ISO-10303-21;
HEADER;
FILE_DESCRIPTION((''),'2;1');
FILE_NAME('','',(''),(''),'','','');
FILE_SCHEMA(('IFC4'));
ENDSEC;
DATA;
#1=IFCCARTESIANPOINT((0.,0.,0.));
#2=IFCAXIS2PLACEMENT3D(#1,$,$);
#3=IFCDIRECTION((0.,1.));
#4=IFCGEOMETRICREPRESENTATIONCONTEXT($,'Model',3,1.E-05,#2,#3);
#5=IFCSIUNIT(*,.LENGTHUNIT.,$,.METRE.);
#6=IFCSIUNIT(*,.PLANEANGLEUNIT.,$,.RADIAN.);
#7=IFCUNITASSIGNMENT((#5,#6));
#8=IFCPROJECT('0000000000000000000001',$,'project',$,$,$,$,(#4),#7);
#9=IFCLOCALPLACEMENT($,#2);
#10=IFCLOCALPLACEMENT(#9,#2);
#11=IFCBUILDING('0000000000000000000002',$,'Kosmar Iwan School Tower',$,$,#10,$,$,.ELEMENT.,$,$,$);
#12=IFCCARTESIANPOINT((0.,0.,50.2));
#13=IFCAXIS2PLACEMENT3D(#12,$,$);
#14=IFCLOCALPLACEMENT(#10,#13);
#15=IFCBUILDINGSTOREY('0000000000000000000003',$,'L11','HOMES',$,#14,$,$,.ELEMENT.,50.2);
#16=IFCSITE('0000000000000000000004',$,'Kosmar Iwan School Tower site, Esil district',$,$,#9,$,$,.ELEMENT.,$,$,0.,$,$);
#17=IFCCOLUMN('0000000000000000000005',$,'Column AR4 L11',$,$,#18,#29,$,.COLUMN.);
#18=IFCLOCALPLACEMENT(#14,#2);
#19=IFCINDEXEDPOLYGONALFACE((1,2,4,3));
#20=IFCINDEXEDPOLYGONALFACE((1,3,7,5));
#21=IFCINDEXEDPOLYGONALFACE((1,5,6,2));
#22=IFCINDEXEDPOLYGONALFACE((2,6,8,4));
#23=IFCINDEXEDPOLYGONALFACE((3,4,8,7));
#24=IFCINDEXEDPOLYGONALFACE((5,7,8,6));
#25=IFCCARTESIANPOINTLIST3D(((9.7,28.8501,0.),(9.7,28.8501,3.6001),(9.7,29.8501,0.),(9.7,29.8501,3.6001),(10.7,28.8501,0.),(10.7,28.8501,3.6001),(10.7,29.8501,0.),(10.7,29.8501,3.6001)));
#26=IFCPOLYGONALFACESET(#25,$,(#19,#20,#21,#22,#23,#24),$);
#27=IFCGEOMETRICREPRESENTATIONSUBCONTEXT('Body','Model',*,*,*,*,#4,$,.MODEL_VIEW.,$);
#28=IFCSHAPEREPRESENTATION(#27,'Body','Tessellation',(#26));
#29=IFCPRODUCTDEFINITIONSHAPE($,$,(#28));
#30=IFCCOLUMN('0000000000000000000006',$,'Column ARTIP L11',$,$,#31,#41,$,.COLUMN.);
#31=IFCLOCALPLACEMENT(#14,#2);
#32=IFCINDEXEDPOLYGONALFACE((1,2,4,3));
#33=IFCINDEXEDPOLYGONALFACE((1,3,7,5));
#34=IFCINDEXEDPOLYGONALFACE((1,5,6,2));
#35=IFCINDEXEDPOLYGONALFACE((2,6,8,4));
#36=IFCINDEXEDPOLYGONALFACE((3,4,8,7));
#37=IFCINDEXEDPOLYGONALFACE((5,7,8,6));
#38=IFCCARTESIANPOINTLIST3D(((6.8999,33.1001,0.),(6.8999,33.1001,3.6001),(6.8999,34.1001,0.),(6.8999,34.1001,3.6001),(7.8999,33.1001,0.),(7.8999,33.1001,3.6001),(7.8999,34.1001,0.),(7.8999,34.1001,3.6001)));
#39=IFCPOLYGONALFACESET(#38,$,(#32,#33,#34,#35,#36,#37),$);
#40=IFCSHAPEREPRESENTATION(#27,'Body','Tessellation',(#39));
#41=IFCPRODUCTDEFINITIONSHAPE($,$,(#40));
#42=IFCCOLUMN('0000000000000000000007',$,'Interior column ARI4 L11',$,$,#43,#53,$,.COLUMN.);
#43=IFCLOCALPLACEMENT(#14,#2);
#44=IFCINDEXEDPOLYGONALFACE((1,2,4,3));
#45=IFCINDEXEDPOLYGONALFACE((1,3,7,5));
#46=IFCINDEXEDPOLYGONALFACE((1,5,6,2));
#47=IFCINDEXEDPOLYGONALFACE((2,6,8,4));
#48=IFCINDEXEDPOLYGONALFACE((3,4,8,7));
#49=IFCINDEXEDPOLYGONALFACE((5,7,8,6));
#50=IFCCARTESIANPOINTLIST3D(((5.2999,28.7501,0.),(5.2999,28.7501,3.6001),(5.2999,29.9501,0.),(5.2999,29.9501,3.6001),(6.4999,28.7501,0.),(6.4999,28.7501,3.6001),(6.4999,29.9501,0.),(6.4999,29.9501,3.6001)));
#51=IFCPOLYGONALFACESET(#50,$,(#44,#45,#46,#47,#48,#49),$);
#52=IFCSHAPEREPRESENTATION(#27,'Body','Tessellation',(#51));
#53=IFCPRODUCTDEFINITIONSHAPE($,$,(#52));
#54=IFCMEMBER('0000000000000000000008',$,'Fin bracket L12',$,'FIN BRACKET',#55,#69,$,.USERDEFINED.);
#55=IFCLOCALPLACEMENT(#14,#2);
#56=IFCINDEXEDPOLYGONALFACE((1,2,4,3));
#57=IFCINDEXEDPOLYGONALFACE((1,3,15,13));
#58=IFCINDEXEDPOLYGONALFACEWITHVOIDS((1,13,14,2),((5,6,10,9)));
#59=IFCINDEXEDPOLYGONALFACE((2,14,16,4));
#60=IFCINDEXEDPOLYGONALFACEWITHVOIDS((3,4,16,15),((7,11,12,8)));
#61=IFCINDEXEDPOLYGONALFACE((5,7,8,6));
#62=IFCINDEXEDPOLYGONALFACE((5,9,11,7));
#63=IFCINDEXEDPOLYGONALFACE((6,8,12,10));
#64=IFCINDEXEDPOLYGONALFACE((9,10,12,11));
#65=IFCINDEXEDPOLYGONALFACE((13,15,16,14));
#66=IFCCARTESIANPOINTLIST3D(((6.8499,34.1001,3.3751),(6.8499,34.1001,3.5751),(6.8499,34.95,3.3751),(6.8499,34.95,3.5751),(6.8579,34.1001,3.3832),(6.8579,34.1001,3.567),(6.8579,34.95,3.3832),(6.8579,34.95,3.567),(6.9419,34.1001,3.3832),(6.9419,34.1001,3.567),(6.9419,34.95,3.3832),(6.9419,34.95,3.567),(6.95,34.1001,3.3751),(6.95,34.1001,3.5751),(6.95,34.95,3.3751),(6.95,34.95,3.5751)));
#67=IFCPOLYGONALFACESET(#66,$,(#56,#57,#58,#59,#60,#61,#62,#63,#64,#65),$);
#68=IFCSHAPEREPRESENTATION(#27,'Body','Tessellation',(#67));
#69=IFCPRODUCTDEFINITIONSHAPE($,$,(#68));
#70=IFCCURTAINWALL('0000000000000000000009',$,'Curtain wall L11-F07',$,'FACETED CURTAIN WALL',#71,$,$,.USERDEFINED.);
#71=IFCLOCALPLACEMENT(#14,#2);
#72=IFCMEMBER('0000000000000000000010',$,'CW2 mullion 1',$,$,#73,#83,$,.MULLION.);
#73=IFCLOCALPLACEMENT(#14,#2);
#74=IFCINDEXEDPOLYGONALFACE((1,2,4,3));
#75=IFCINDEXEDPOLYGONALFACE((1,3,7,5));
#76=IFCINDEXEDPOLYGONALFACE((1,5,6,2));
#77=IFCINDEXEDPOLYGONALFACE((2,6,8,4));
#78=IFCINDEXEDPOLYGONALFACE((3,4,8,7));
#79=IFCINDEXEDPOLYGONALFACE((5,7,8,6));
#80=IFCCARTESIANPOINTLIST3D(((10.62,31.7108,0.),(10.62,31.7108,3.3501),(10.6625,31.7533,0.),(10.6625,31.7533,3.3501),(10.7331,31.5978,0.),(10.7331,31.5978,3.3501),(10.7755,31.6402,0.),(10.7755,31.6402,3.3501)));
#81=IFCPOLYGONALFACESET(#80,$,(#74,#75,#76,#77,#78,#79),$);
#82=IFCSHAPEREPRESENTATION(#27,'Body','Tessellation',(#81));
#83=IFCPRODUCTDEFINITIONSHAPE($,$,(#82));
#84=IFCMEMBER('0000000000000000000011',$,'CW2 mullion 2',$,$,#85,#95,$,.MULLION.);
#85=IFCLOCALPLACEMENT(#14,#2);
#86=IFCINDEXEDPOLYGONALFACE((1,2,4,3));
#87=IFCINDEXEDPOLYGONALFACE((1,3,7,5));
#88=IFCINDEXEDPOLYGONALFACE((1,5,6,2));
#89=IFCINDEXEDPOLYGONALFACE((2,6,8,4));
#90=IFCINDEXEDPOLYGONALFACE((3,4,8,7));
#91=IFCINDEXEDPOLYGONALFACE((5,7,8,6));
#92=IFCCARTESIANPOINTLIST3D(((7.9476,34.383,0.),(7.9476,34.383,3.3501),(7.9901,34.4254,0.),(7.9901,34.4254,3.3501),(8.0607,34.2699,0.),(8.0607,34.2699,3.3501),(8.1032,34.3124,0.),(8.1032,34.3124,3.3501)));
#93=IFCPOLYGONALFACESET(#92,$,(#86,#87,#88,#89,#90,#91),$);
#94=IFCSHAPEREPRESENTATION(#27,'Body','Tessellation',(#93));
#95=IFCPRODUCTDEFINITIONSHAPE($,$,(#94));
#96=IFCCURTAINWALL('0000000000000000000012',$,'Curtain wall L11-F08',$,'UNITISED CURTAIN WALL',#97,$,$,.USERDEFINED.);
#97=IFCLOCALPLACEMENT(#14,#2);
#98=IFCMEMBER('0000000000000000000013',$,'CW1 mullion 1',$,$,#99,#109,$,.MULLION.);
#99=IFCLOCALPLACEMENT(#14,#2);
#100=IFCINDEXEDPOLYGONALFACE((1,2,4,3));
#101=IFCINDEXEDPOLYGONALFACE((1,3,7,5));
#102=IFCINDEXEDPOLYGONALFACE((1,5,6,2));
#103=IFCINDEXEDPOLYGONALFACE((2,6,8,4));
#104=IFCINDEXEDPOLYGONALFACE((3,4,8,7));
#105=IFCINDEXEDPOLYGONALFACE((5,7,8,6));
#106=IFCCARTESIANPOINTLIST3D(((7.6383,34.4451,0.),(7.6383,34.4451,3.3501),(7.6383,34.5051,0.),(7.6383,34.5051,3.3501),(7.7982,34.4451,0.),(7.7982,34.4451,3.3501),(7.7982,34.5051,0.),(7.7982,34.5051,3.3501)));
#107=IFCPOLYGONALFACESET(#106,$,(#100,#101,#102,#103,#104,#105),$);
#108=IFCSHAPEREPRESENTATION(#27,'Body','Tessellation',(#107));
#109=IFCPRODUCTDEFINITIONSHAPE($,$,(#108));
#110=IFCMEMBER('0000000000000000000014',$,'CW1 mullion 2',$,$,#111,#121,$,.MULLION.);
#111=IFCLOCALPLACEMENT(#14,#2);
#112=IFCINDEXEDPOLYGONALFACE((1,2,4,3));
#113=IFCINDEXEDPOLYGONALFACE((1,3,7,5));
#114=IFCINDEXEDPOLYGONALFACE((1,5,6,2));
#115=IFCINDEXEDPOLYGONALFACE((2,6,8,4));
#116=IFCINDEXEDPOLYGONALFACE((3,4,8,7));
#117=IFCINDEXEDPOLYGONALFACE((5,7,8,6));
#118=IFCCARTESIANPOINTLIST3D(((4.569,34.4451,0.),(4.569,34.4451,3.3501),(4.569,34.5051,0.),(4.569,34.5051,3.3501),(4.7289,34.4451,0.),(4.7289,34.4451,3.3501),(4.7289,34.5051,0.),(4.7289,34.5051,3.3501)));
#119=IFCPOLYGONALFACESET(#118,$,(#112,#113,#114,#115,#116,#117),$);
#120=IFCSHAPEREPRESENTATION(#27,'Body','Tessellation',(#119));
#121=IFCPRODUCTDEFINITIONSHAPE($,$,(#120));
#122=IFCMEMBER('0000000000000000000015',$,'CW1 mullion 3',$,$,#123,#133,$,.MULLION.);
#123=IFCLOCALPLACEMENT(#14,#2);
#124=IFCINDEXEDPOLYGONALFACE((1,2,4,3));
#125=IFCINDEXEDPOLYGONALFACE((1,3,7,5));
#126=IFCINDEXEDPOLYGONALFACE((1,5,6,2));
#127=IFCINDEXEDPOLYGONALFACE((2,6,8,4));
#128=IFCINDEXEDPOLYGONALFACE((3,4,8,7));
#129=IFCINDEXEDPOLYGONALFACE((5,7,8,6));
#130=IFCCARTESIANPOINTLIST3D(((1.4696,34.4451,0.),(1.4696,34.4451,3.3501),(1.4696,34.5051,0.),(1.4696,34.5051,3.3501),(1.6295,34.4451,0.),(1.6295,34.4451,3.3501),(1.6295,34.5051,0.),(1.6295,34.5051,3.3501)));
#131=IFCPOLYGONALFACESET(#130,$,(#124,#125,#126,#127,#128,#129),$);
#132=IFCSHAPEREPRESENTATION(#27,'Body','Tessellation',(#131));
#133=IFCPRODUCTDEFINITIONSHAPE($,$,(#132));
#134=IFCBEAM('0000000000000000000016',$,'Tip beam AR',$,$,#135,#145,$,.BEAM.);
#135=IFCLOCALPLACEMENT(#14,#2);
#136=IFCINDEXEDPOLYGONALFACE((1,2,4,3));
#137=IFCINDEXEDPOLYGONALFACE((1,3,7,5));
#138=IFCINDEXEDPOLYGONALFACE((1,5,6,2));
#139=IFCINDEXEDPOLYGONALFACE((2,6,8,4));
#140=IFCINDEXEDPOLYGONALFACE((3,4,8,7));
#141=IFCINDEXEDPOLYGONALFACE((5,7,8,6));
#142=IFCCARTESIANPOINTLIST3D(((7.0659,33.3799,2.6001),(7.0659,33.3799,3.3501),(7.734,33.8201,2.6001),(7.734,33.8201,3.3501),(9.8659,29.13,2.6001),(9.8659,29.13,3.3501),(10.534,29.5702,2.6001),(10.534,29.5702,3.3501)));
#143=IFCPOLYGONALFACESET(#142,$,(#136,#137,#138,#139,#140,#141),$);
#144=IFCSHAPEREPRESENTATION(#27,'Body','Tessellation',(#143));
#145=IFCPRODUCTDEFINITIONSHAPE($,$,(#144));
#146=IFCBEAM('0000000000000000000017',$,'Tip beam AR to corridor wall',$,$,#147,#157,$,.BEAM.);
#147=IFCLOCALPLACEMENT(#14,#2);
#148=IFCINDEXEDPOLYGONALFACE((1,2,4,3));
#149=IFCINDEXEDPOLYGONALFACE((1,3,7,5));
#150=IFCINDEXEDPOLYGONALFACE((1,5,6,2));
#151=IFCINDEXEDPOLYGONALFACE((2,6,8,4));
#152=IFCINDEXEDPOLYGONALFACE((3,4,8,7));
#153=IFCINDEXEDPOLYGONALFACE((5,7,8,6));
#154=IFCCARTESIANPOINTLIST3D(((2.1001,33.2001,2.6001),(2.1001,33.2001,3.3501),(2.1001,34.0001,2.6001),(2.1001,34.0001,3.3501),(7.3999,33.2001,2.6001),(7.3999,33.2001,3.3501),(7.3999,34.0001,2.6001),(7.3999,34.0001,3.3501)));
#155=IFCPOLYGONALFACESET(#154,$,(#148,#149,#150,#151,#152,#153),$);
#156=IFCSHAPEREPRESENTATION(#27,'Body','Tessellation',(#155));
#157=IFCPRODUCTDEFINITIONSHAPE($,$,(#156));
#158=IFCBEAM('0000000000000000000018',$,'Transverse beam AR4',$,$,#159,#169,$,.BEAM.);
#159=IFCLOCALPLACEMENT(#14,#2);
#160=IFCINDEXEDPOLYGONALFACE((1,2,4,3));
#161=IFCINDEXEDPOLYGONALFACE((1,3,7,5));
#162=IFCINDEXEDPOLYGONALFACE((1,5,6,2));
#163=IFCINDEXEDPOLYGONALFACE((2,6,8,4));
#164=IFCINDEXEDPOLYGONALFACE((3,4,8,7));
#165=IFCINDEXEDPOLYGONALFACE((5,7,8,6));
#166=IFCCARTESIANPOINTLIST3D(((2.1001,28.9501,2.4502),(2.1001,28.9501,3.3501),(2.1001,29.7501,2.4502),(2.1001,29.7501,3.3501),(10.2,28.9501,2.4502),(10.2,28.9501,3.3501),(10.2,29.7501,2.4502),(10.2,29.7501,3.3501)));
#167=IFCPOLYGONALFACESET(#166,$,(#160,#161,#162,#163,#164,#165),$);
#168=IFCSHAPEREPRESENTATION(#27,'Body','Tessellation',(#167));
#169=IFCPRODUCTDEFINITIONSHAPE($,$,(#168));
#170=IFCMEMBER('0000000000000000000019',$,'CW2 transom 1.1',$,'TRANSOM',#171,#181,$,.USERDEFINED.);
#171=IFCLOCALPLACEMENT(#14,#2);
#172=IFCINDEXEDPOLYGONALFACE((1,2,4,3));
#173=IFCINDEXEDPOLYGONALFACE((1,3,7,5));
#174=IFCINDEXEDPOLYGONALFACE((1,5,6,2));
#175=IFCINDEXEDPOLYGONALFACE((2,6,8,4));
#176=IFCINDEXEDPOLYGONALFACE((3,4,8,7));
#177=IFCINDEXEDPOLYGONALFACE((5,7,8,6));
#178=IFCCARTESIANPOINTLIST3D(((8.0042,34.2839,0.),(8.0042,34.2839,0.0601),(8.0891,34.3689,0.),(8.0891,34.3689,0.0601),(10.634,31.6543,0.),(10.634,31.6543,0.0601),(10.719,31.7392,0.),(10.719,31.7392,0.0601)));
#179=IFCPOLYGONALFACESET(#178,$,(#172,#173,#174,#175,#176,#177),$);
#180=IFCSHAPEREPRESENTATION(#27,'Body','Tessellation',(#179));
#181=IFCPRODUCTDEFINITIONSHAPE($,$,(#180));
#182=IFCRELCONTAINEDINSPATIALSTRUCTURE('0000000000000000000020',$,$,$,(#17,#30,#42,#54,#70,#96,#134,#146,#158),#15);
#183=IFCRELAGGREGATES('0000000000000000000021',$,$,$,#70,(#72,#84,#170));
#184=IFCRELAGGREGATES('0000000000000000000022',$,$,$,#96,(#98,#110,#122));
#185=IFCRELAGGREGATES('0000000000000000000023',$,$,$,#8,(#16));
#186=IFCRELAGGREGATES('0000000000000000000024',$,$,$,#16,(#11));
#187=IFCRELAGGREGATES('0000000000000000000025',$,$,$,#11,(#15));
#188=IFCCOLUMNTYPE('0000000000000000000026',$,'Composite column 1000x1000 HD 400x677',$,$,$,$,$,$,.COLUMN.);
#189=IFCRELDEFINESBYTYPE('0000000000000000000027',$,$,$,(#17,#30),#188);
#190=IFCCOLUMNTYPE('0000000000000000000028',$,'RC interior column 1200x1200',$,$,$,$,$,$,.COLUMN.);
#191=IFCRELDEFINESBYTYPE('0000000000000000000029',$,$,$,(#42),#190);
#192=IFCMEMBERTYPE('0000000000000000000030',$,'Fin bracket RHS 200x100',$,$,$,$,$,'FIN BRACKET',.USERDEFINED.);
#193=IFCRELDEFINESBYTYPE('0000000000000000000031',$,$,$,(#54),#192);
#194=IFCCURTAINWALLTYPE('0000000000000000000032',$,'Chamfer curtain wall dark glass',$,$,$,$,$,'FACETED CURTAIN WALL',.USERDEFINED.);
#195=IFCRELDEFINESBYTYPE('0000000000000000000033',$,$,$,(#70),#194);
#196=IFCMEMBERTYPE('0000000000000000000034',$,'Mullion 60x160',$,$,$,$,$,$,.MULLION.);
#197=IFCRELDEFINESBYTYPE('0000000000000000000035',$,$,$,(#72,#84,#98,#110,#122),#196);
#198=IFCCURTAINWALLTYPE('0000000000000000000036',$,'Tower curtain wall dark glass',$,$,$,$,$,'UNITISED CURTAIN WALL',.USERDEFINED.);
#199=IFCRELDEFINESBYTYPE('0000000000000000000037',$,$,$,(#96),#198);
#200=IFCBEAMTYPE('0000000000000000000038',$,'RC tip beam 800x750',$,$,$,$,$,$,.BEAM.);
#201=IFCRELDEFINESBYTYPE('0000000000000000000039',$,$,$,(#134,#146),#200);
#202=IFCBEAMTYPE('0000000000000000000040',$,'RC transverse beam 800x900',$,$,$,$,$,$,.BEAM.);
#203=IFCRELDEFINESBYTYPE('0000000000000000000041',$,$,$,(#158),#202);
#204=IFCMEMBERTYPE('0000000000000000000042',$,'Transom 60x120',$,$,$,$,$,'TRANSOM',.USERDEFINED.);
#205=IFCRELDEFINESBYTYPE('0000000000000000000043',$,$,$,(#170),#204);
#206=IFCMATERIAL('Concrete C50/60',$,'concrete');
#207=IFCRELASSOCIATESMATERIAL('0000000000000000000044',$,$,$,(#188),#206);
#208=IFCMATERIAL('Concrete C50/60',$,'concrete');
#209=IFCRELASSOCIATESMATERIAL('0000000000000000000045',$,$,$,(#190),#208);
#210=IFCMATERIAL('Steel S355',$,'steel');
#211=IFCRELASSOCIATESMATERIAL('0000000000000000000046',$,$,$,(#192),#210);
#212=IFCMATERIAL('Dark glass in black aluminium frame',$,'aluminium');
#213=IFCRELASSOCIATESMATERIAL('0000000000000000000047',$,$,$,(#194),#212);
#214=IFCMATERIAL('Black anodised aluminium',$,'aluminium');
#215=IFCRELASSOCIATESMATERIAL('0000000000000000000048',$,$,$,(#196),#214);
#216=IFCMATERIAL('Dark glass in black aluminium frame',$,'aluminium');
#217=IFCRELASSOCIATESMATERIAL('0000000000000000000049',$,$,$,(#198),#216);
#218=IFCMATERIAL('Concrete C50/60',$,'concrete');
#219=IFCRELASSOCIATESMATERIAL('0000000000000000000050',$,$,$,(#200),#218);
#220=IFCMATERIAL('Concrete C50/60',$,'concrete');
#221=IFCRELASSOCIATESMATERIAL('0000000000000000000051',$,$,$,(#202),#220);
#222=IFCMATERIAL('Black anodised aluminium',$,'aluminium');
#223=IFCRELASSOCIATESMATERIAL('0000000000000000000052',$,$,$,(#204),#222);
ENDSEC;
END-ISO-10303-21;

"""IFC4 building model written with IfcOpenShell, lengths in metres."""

from ifc_helpers import new_model, si_unit, direction, frame, origin, origin_2d, place, context, subcontext, project, spatial, rectangle, hollow_rectangle, extrude, material, material_profile, profile_set, type_object, element, aggregate, save


model = new_model("IFC4")

# Units and contexts
model_context = context("Model", 3, precision=1e-05, world=origin(), true_north=direction((0.0, 1.0)))
body_context = subcontext(model_context, "Body", "Model", "MODEL_VIEW")
ifc_project = project(units=[si_unit("LENGTHUNIT", "METRE"), si_unit("PLANEANGLEUNIT", "RADIAN")], contexts=[model_context])

# Site, building, storey
site_placement = place(None, origin())
site = spatial("IfcSite", under=ifc_project, at=site_placement, Name="Kosmar Iwan School Tower site, Esil district", CompositionType="ELEMENT", RefElevation=0.0)
building_placement = place(site_placement, origin())
building = spatial("IfcBuilding", under=site, at=building_placement, Name="Kosmar Iwan School Tower", CompositionType="ELEMENT")
storey_placement = place(building_placement, frame((0.0, 0.0, 50.2)))
storey = spatial("IfcBuildingStorey", under=building, at=storey_placement, Name="L11", Description="HOMES", CompositionType="ELEMENT", Elevation=50.2)

# Columns
ifc_material_1 = material(Name="Concrete C50/60", Category="concrete")
ifc_material_profile_1 = material_profile(ifc_material_1, rectangle(XDim=1.0, YDim=1.0, at=origin_2d()), Name="RC 1000x1000 + HD 400x677")
ifc_profile_set_1 = profile_set([ifc_material_profile_1], Name="Concrete C50/60")
column_type_1 = type_object("IfcColumnType", Name="Composite column 1000x1000 HD 400x677", PredefinedType="COLUMN", material=ifc_profile_set_1)
for number, where, z_axis, x_axis, name in (
    (1, (10.2, 29.3501, 0.0), (0.0, 0.0, 1.0), (0.0, 1.0, 0.0), "Column AR4 L11"),
    (2, (7.3999, 33.6001, 0.0), (0.0, 0.0, 1.0), (0.0, 1.0, 0.0), "Column ARTIP L11"),
):
    element("IfcColumn", number, at=place(storey_placement, frame(where, z_axis=z_axis, x_axis=x_axis)), inside=storey, type_object=column_type_1, Name=name, PredefinedType="COLUMN", context=body_context, shape_type="SweptSolid", body=[
        extrude(rectangle(XDim=1.0, YDim=1.0, at=origin_2d()), origin(), (0.0, 0.0, 1.0), 3.6001),
    ])
ifc_material_2 = material(Name="Concrete C50/60", Category="concrete")
ifc_material_profile_2 = material_profile(ifc_material_2, rectangle(XDim=1.2, YDim=1.2, at=origin_2d()), Name="RC 1200x1200")
ifc_profile_set_2 = profile_set([ifc_material_profile_2], Name="Concrete C50/60")
column_type_2 = type_object("IfcColumnType", Name="RC interior column 1200x1200", PredefinedType="COLUMN", material=ifc_profile_set_2)
column_placement = place(storey_placement, frame((5.8999, 29.3501, 0.0), z_axis=(0.0, 0.0, 1.0), x_axis=(0.0, 1.0, 0.0)))
element("IfcColumn", 3, at=column_placement, inside=storey, type_object=column_type_2, Name="Interior column ARI4 L11", PredefinedType="COLUMN", context=body_context, shape_type="SweptSolid", body=[
    extrude(rectangle(XDim=1.2, YDim=1.2, at=origin_2d()), origin(), (0.0, 0.0, 1.0), 3.6001),
])

# Member
ifc_material_3 = material(Name="Steel S355", Category="steel")
ifc_material_profile_3 = material_profile(ifc_material_3, hollow_rectangle(XDim=0.1001, YDim=0.2, WallThickness=0.0081, at=origin_2d()), Name="RHS 200x100x8")
ifc_profile_set_3 = profile_set([ifc_material_profile_3], Name="Steel S355")
member_type_1 = type_object("IfcMemberType", Name="Fin bracket RHS 200x100", ElementType="FIN BRACKET", PredefinedType="USERDEFINED", material=ifc_profile_set_3)
member_1_placement = place(storey_placement, frame((6.8999, 34.1001, 3.4751), z_axis=(0.0, 1.0, 0.0), x_axis=(-1.0, 0.0, 0.0)))
element("IfcMember", 4, at=member_1_placement, inside=storey, type_object=member_type_1, Name="Fin bracket L12", ObjectType="FIN BRACKET", PredefinedType="USERDEFINED", context=body_context, shape_type="SweptSolid", body=[
    extrude(hollow_rectangle(XDim=0.1001, YDim=0.2, WallThickness=0.0081, at=origin_2d()), origin(), (0.0, 0.0, 1.0), 0.8499),
])

# Curtain walls, members
ifc_material_4 = material(Name="Dark glass in black aluminium frame", Category="aluminium")
curtain_wall_type_1 = type_object("IfcCurtainWallType", Name="Chamfer curtain wall dark glass", ElementType="FACETED CURTAIN WALL", PredefinedType="USERDEFINED", material=ifc_material_4)
curtain_wall_1_placement = place(storey_placement, origin())
curtain_wall_1 = element("IfcCurtainWall", 5, at=curtain_wall_1_placement, inside=storey, type_object=curtain_wall_type_1, Name="Curtain wall L11-F07", ObjectType="FACETED CURTAIN WALL", PredefinedType="USERDEFINED")
ifc_material_5 = material(Name="Black anodised aluminium", Category="aluminium")
ifc_material_profile_4 = material_profile(ifc_material_5, rectangle(XDim=0.0601, YDim=0.1599, at=origin_2d()), Name="MULLION 60x160")
ifc_profile_set_4 = profile_set([ifc_material_profile_4], Name="Black anodised aluminium")
member_type_2 = type_object("IfcMemberType", Name="Mullion 60x160", PredefinedType="MULLION", material=ifc_profile_set_4)
member_2_placement = place(storey_placement, frame((10.6978, 31.6755, 0.0), z_axis=(0.0, 0.0, 1.0), x_axis=(-0.707107, -0.707107, 0.0)))
member_2 = element("IfcMember", 6, at=member_2_placement, type_object=member_type_2, Name="CW2 mullion 1", PredefinedType="MULLION", context=body_context, shape_type="SweptSolid", body=[
    extrude(rectangle(XDim=0.0601, YDim=0.1599, at=origin_2d()), origin(), (0.0, 0.0, 1.0), 3.3501),
])
member_3_placement = place(storey_placement, frame((8.0254, 34.3477, 0.0), z_axis=(0.0, 0.0, 1.0), x_axis=(-0.707107, -0.707107, 0.0)))
member_3 = element("IfcMember", 7, at=member_3_placement, type_object=member_type_2, Name="CW2 mullion 2", PredefinedType="MULLION", context=body_context, shape_type="SweptSolid", body=[
    extrude(rectangle(XDim=0.0601, YDim=0.1599, at=origin_2d()), origin(), (0.0, 0.0, 1.0), 3.3501),
])
ifc_material_6 = material(Name="Dark glass in black aluminium frame", Category="aluminium")
curtain_wall_type_2 = type_object("IfcCurtainWallType", Name="Tower curtain wall dark glass", ElementType="UNITISED CURTAIN WALL", PredefinedType="USERDEFINED", material=ifc_material_6)
curtain_wall_2_placement = place(storey_placement, origin())
curtain_wall_2 = element("IfcCurtainWall", 8, at=curtain_wall_2_placement, inside=storey, type_object=curtain_wall_type_2, Name="Curtain wall L11-F08", ObjectType="UNITISED CURTAIN WALL", PredefinedType="USERDEFINED")
member_4_placement = place(storey_placement, frame((7.7183, 34.4751, 0.0), z_axis=(0.0, 0.0, 1.0), x_axis=(0.0, -1.0, 0.0)))
member_4 = element("IfcMember", 9, at=member_4_placement, type_object=member_type_2, Name="CW1 mullion 1", PredefinedType="MULLION", context=body_context, shape_type="SweptSolid", body=[
    extrude(rectangle(XDim=0.0601, YDim=0.1599, at=origin_2d()), origin(), (0.0, 0.0, 1.0), 3.3501),
])
member_5_placement = place(storey_placement, frame((4.6489, 34.4751, 0.0), z_axis=(0.0, 0.0, 1.0), x_axis=(0.0, -1.0, 0.0)))
member_5 = element("IfcMember", 10, at=member_5_placement, type_object=member_type_2, Name="CW1 mullion 2", PredefinedType="MULLION", context=body_context, shape_type="SweptSolid", body=[
    extrude(rectangle(XDim=0.0601, YDim=0.1599, at=origin_2d()), origin(), (0.0, 0.0, 1.0), 3.3501),
])
member_6_placement = place(storey_placement, frame((1.5496, 34.4751, 0.0), z_axis=(0.0, 0.0, 1.0), x_axis=(0.0, -1.0, 0.0)))
member_6 = element("IfcMember", 11, at=member_6_placement, type_object=member_type_2, Name="CW1 mullion 3", PredefinedType="MULLION", context=body_context, shape_type="SweptSolid", body=[
    extrude(rectangle(XDim=0.0601, YDim=0.1599, at=origin_2d()), origin(), (0.0, 0.0, 1.0), 3.3501),
])

# Beams
ifc_material_7 = material(Name="Concrete C50/60", Category="concrete")
ifc_material_profile_5 = material_profile(ifc_material_7, rectangle(XDim=0.8, YDim=0.75, at=origin_2d()), Name="RC 800x750")
ifc_profile_set_5 = profile_set([ifc_material_profile_5], Name="Concrete C50/60")
beam_type_1 = type_object("IfcBeamType", Name="RC tip beam 800x750", PredefinedType="BEAM", material=ifc_profile_set_5)
beam_1_placement = place(storey_placement, frame((10.2, 29.3501, 2.9751), z_axis=(-0.550164, 0.835056, 0.0), x_axis=(-0.835056, -0.550164, 0.0)))
element("IfcBeam", 12, at=beam_1_placement, inside=storey, type_object=beam_type_1, Name="Tip beam AR", PredefinedType="BEAM", context=body_context, shape_type="SweptSolid", body=[
    extrude(rectangle(XDim=0.8, YDim=0.75, at=origin_2d()), origin(), (0.0, 0.0, 1.0), 5.0894),
])
beam_2_placement = place(storey_placement, frame((7.3999, 33.6001, 2.9751), z_axis=(-1.0, 0.0, 0.0), x_axis=(0.0, -1.0, 0.0)))
element("IfcBeam", 13, at=beam_2_placement, inside=storey, type_object=beam_type_1, Name="Tip beam AR to corridor wall", PredefinedType="BEAM", context=body_context, shape_type="SweptSolid", body=[
    extrude(rectangle(XDim=0.8, YDim=0.75, at=origin_2d()), origin(), (0.0, 0.0, 1.0), 5.2998),
])
ifc_material_8 = material(Name="Concrete C50/60", Category="concrete")
ifc_material_profile_6 = material_profile(ifc_material_8, rectangle(XDim=0.8, YDim=0.8999, at=origin_2d()), Name="RC 800x900")
ifc_profile_set_6 = profile_set([ifc_material_profile_6], Name="Concrete C50/60")
beam_type_2 = type_object("IfcBeamType", Name="RC transverse beam 800x900", PredefinedType="BEAM", material=ifc_profile_set_6)
beam_3_placement = place(storey_placement, frame((10.2, 29.3501, 2.9001), z_axis=(-1.0, 0.0, 0.0), x_axis=(0.0, -1.0, 0.0)))
element("IfcBeam", 14, at=beam_3_placement, inside=storey, type_object=beam_type_2, Name="Transverse beam AR4", PredefinedType="BEAM", context=body_context, shape_type="SweptSolid", body=[
    extrude(rectangle(XDim=0.8, YDim=0.8999, at=origin_2d()), origin(), (0.0, 0.0, 1.0), 8.0999),
])

# Member
ifc_material_9 = material(Name="Black anodised aluminium", Category="aluminium")
ifc_material_profile_7 = material_profile(ifc_material_9, rectangle(XDim=0.1201, YDim=0.0601, at=origin_2d()), Name="TRANSOM 60x120")
ifc_profile_set_7 = profile_set([ifc_material_profile_7], Name="Black anodised aluminium")
member_type_3 = type_object("IfcMemberType", Name="Transom 60x120", ElementType="TRANSOM", PredefinedType="USERDEFINED", material=ifc_profile_set_7)
member_7_placement = place(storey_placement, frame((10.6765, 31.6968, 0.03), z_axis=(-0.70714, 0.707074, 0.0), x_axis=(-0.707074, -0.70714, 0.0)))
member_7 = element("IfcMember", 15, at=member_7_placement, type_object=member_type_3, Name="CW2 transom 1.1", ObjectType="TRANSOM", PredefinedType="USERDEFINED", context=body_context, shape_type="SweptSolid", body=[
    extrude(rectangle(XDim=0.1201, YDim=0.0601, at=origin_2d()), origin(), (0.0, 0.0, 1.0), 3.719),
])

aggregate(curtain_wall_1, [member_2, member_3, member_7])
aggregate(curtain_wall_2, [member_4, member_5, member_6])

save(model, "model.ifc")
